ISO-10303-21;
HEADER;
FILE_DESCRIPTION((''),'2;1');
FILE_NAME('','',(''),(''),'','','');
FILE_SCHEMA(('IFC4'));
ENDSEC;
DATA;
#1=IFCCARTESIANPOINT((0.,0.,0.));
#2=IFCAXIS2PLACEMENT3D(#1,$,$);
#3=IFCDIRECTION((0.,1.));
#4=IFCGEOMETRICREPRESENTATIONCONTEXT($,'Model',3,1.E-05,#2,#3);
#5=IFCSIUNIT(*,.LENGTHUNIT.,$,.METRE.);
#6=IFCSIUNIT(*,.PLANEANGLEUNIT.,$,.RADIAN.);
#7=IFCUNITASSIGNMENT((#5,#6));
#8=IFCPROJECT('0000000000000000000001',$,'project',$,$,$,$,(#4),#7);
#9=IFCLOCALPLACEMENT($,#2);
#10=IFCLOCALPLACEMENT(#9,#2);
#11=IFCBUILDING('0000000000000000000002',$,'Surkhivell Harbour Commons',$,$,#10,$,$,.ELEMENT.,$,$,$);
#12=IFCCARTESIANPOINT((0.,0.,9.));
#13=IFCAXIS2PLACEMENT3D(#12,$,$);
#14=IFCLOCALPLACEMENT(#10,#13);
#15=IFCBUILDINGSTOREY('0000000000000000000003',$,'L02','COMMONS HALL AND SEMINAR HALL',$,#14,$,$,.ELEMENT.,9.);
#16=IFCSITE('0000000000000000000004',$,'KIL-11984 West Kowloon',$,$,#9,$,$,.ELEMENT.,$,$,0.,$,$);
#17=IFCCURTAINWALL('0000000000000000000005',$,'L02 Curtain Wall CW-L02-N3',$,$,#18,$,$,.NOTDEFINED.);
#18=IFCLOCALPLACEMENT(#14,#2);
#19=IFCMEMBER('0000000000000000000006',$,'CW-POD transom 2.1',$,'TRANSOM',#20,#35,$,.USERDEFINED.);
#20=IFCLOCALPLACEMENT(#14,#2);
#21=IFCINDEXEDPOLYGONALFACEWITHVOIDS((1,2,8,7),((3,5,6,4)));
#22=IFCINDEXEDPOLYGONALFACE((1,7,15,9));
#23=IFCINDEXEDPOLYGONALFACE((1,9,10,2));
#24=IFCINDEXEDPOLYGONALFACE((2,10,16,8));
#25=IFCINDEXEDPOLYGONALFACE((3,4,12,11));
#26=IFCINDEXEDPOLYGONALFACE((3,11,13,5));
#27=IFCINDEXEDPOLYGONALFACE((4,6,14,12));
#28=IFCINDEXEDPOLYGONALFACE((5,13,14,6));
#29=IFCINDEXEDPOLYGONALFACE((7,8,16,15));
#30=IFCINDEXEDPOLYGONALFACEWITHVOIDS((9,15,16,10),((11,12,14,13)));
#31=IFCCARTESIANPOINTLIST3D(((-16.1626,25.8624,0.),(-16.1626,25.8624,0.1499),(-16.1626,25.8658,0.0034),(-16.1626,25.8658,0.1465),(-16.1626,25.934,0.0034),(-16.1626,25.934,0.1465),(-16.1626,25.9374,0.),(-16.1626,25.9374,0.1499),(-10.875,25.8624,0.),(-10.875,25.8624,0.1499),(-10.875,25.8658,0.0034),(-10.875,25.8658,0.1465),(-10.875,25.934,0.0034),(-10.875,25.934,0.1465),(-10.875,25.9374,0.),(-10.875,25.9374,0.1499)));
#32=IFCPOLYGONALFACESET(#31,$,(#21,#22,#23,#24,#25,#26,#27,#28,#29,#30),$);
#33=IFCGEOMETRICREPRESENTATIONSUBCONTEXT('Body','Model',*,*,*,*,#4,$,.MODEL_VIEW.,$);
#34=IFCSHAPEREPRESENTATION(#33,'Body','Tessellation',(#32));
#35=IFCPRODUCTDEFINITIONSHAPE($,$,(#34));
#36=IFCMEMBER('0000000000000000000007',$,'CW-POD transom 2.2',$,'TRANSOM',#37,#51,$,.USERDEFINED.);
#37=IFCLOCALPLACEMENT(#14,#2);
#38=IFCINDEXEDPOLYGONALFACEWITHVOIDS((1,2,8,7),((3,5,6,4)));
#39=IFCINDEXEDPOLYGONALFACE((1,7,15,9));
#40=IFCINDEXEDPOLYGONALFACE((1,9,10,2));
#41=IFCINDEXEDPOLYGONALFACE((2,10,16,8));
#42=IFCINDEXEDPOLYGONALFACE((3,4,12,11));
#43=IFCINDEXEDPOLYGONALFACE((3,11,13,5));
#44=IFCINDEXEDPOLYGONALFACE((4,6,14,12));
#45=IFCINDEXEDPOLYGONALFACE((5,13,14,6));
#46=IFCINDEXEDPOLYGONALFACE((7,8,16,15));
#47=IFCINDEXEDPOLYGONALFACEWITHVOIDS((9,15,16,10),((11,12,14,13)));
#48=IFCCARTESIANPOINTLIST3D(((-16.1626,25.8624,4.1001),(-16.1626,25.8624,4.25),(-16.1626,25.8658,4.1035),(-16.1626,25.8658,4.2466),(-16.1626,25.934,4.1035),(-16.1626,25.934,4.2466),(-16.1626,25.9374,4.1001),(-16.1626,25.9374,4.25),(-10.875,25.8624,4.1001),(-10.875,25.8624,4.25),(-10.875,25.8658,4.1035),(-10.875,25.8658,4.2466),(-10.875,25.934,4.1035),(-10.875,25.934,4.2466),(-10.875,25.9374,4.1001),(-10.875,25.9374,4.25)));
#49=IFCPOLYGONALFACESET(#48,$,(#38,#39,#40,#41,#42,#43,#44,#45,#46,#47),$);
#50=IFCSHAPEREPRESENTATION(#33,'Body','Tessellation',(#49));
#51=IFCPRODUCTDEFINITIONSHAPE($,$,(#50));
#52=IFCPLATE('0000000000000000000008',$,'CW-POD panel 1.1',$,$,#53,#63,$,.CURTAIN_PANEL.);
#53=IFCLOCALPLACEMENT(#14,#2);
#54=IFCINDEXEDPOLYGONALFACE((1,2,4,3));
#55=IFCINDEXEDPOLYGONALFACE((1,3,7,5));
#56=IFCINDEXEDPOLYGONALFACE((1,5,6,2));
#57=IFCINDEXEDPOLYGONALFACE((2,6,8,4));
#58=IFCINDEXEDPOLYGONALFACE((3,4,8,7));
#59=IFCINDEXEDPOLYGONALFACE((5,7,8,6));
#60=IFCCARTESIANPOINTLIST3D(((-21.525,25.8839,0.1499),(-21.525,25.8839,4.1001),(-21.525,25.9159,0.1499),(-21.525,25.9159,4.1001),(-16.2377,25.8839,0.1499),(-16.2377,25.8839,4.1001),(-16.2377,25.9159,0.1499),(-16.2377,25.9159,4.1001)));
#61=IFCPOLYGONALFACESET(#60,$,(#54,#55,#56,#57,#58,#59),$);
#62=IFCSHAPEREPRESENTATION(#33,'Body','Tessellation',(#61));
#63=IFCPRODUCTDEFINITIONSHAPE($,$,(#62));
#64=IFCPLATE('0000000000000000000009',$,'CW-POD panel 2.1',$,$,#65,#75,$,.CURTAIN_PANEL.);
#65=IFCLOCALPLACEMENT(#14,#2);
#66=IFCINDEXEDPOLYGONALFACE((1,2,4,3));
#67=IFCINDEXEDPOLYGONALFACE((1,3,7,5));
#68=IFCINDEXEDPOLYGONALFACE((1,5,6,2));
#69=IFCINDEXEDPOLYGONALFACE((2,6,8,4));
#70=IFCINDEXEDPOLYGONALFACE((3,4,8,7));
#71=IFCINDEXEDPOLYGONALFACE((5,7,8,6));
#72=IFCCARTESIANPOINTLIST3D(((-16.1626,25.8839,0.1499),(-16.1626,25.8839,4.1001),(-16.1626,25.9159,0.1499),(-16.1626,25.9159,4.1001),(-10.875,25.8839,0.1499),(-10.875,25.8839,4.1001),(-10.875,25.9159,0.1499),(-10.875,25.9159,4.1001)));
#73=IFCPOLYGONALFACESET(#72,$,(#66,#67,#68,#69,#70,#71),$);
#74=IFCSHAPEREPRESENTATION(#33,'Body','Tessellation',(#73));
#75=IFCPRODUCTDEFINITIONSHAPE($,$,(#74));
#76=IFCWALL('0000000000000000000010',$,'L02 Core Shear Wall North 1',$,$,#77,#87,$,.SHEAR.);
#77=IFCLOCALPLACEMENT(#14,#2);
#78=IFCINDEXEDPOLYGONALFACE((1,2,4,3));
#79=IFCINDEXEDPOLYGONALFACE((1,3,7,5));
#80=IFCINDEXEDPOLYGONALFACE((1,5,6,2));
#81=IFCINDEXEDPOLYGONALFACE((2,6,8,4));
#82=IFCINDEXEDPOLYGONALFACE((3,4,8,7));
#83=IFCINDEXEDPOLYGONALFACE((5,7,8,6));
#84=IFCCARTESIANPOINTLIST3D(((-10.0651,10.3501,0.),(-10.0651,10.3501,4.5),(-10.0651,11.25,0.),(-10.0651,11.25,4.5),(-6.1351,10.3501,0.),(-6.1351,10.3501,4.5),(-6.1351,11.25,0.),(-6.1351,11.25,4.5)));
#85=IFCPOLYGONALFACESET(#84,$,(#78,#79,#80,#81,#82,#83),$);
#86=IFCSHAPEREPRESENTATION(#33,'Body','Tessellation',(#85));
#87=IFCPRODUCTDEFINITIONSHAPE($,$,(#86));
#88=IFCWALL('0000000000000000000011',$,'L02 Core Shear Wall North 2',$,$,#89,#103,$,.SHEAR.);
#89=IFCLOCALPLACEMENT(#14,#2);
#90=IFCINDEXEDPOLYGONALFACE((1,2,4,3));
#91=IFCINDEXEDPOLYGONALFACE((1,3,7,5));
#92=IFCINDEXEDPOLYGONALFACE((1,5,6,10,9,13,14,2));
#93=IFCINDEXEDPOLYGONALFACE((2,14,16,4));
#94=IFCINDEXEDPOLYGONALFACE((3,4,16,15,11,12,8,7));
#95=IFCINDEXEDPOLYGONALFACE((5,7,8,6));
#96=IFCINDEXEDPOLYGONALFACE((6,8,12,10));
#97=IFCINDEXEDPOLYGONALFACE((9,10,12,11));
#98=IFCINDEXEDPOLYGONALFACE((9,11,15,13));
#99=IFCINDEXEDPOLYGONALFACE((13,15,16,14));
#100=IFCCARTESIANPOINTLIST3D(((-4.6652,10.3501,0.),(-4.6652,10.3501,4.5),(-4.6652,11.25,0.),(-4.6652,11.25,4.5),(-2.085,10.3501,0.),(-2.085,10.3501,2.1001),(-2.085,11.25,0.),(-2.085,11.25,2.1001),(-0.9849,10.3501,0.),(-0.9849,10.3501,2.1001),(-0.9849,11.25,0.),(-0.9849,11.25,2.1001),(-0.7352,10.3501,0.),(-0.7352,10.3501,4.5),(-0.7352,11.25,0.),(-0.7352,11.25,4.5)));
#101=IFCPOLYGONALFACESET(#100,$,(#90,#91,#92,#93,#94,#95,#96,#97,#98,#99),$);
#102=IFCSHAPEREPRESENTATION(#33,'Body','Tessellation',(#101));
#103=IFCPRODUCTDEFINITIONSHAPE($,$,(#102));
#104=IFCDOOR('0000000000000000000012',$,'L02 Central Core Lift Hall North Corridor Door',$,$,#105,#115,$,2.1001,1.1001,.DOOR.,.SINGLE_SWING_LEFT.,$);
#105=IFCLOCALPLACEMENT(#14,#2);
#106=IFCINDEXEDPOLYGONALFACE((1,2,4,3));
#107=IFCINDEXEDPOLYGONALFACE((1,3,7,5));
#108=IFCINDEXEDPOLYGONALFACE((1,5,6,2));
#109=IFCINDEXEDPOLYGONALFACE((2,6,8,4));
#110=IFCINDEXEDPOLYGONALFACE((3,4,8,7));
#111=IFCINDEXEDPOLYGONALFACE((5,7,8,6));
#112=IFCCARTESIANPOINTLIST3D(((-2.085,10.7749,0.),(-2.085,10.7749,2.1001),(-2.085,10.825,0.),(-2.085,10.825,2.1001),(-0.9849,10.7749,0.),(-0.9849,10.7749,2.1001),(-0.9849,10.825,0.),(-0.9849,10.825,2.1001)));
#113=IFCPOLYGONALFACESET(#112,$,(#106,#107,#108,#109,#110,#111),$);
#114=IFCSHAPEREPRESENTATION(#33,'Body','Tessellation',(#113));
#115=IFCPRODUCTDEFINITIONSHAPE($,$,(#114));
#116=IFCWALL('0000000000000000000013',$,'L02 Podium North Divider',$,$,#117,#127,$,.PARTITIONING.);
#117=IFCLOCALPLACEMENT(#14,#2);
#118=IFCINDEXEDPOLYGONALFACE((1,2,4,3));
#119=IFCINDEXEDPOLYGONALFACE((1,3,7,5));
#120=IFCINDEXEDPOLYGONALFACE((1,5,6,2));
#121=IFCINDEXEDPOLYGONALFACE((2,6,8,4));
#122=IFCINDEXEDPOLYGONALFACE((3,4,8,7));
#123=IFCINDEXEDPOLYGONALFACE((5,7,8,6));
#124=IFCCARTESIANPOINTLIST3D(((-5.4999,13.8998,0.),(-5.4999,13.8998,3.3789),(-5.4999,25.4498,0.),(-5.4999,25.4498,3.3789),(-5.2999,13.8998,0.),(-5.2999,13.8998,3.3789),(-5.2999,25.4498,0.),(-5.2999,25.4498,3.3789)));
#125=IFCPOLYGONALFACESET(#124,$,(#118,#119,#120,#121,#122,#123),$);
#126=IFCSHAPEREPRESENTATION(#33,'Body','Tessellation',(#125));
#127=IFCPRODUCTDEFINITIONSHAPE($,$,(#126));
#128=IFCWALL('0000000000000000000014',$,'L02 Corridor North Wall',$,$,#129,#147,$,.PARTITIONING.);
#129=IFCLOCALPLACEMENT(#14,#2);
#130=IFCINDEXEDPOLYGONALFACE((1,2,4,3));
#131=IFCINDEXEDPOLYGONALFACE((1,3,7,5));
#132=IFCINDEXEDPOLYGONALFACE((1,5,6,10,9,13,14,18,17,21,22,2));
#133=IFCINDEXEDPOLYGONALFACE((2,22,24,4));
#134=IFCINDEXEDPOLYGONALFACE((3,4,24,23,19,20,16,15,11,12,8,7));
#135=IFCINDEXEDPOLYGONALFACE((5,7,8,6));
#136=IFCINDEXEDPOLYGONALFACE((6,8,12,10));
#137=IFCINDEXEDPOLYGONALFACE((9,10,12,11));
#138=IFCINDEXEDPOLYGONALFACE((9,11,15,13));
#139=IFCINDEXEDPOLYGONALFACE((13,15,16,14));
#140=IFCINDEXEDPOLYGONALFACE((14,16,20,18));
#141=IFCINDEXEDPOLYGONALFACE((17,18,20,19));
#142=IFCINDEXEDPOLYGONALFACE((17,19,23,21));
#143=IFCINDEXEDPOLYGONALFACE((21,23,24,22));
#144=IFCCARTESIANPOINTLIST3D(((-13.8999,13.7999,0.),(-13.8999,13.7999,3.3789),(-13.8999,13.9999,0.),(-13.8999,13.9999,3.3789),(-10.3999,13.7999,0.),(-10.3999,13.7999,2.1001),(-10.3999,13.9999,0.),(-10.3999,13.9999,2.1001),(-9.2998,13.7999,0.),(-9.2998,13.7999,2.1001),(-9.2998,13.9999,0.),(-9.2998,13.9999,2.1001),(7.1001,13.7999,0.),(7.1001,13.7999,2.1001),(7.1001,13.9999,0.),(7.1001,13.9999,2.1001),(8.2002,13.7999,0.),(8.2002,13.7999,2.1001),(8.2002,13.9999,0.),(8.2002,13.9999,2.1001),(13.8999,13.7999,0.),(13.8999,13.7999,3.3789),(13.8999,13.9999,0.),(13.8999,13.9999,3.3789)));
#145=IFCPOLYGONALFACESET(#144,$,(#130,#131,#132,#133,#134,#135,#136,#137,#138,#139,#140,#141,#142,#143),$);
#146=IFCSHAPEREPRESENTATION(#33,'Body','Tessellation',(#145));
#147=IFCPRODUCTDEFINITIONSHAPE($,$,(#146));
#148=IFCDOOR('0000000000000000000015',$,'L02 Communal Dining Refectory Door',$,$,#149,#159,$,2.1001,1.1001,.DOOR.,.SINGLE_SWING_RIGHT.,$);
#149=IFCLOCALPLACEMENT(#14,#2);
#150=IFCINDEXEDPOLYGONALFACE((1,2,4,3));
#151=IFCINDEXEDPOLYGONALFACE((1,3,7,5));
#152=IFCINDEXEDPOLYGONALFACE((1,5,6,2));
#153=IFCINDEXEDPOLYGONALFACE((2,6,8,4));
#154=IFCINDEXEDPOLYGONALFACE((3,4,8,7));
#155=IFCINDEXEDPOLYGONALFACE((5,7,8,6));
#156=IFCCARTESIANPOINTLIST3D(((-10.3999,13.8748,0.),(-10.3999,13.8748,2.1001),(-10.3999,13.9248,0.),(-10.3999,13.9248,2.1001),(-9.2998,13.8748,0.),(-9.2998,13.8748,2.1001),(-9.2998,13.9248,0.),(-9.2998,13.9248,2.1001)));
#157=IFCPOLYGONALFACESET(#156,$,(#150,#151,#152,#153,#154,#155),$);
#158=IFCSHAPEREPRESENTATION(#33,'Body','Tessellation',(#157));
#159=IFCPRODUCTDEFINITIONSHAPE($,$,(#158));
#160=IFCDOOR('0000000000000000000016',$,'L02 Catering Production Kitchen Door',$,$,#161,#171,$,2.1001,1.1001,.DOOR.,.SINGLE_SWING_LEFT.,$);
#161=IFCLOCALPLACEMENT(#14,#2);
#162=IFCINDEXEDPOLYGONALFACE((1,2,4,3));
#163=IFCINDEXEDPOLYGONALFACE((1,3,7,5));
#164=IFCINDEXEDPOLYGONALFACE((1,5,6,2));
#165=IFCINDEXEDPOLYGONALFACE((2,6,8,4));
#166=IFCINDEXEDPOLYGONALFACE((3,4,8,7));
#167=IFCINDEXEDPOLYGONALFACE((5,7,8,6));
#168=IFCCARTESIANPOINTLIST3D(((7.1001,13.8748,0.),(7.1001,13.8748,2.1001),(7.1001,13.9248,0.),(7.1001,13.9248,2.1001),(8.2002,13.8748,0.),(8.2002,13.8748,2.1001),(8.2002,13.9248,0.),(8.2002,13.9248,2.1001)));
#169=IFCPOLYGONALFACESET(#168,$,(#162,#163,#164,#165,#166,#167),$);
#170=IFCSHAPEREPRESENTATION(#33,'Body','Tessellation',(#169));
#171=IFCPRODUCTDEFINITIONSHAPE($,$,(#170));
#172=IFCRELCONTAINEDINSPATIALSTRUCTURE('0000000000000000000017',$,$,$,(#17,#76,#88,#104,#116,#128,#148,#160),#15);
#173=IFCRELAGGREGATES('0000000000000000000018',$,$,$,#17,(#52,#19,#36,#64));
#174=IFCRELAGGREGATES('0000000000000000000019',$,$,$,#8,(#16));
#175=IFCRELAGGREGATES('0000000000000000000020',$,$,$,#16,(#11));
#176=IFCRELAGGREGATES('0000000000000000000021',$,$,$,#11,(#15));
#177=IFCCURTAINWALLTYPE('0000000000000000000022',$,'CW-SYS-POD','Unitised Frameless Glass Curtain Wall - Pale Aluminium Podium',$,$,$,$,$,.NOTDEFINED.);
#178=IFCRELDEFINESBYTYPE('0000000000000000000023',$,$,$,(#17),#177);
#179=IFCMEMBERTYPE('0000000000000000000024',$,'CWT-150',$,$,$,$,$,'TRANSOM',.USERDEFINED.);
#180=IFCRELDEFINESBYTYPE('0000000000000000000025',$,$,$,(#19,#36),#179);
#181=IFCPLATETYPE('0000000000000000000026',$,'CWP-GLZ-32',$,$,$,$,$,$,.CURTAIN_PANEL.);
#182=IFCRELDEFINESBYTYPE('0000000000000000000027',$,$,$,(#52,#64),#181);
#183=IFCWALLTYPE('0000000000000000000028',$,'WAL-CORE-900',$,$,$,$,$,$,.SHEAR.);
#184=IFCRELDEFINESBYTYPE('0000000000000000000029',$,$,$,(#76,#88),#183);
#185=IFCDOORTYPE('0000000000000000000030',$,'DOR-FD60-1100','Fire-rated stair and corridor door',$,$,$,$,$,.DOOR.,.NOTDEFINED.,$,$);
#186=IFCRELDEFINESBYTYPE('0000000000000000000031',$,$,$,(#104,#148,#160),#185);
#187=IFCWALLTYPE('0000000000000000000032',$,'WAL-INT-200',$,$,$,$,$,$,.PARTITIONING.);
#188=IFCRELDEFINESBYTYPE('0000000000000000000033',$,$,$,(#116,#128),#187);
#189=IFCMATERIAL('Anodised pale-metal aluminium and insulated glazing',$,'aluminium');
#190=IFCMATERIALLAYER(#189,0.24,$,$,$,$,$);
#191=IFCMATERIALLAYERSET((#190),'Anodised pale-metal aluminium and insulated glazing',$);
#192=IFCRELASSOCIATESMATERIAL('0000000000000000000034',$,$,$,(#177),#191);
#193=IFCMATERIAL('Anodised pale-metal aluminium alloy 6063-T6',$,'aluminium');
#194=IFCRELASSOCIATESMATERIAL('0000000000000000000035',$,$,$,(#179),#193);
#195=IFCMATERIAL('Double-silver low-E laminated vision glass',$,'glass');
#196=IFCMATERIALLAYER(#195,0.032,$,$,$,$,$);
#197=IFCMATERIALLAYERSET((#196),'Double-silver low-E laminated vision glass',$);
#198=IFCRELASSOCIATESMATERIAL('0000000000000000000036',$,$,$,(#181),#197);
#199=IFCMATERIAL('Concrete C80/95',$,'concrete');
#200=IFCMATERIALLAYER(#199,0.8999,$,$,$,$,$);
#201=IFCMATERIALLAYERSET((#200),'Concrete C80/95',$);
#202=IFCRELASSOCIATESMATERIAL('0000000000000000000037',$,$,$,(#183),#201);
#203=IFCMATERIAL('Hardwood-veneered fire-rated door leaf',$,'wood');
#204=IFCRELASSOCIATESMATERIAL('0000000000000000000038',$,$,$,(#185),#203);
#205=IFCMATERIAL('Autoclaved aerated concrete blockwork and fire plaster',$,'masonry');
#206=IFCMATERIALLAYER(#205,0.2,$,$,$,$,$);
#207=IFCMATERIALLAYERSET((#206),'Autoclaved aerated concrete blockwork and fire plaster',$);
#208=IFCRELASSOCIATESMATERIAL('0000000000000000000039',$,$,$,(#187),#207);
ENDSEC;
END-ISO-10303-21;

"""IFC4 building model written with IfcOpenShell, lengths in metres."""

from ifc_helpers import new_model, si_unit, direction, frame, frame_2d, origin, origin_2d, place, context, subcontext, project, spatial, rectangle, hollow_rectangle, extrude, material, layer, layer_set, material_profile, profile_set, type_object, element, fill, aggregate, save


model = new_model("IFC4")

# Units and contexts
model_context = context("Model", 3, precision=1e-05, world=origin(), true_north=direction((0.0, 1.0)))
body_context = subcontext(model_context, "Body", "Model", "MODEL_VIEW")
ifc_project = project(units=[si_unit("LENGTHUNIT", "METRE"), si_unit("PLANEANGLEUNIT", "RADIAN")], contexts=[model_context])

# Site, building, storey
site_placement = place(None, origin())
site = spatial("IfcSite", under=ifc_project, at=site_placement, Name="KIL-11984 West Kowloon", CompositionType="ELEMENT", RefElevation=0.0)
building_placement = place(site_placement, origin())
building = spatial("IfcBuilding", under=site, at=building_placement, Name="Surkhivell Harbour Commons", CompositionType="ELEMENT")
storey_placement = place(building_placement, frame((0.0, 0.0, 9.0)))
storey = spatial("IfcBuildingStorey", under=building, at=storey_placement, Name="L02", Description="COMMONS HALL AND SEMINAR HALL", CompositionType="ELEMENT", Elevation=9.0)

# Shared definitions
ifc_material_1 = material(Name="Concrete C80/95", Category="concrete")

# Curtain wall, members, plates
ifc_material_2 = material(Name="Anodised pale-metal aluminium and insulated glazing", Category="aluminium")
ifc_layer_1 = layer(ifc_material_2, 0.24)
ifc_layer_set_1 = layer_set([ifc_layer_1], Name="Anodised pale-metal aluminium and insulated glazing")
curtain_wall_type = type_object("IfcCurtainWallType", Name="CW-SYS-POD", Description="Unitised Frameless Glass Curtain Wall - Pale Aluminium Podium", PredefinedType="NOTDEFINED", material=ifc_layer_set_1)
curtain_wall_placement = place(storey_placement, origin())
curtain_wall = element("IfcCurtainWall", 1, at=curtain_wall_placement, inside=storey, type_object=curtain_wall_type, Name="L02 Curtain Wall CW-L02-N3", PredefinedType="NOTDEFINED")
ifc_material_3 = material(Name="Anodised pale-metal aluminium alloy 6063-T6", Category="aluminium")
ifc_material_profile_1 = material_profile(ifc_material_3, hollow_rectangle(XDim=0.075, YDim=0.1499, WallThickness=0.0034, at=origin_2d()), Name="ALU-TRAN-75x150")
ifc_profile_set_1 = profile_set([ifc_material_profile_1], Name="Anodised pale-metal aluminium alloy 6063-T6")
member_type_1 = type_object("IfcMemberType", Name="CWT-150", ElementType="TRANSOM", PredefinedType="USERDEFINED", material=ifc_profile_set_1)
member_1_placement = place(storey_placement, frame((-16.1626, 25.8999, 0.075), z_axis=(1.0, 0.0, 0.0), x_axis=(0.0, 1.0, 0.0)))
member_1 = element("IfcMember", 2, at=member_1_placement, type_object=member_type_1, Name="CW-POD transom 2.1", ObjectType="TRANSOM", PredefinedType="USERDEFINED", context=body_context, shape_type="SweptSolid", body=[
    extrude(hollow_rectangle(XDim=0.075, YDim=0.1499, WallThickness=0.0034, at=origin_2d()), origin(), (0.0, 0.0, 1.0), 5.2876),
])
member_2_placement = place(storey_placement, frame((-16.1626, 25.8999, 4.175), z_axis=(1.0, 0.0, 0.0), x_axis=(0.0, 1.0, 0.0)))
member_2 = element("IfcMember", 3, at=member_2_placement, type_object=member_type_1, Name="CW-POD transom 2.2", ObjectType="TRANSOM", PredefinedType="USERDEFINED", context=body_context, shape_type="SweptSolid", body=[
    extrude(hollow_rectangle(XDim=0.075, YDim=0.1499, WallThickness=0.0034, at=origin_2d()), origin(), (0.0, 0.0, 1.0), 5.2876),
])
ifc_material_4 = material(Name="Double-silver low-E laminated vision glass", Category="glass")
ifc_layer_2 = layer(ifc_material_4, 0.032)
ifc_layer_set_2 = layer_set([ifc_layer_2], Name="Double-silver low-E laminated vision glass")
plate_type = type_object("IfcPlateType", Name="CWP-GLZ-32", PredefinedType="CURTAIN_PANEL", material=ifc_layer_set_2)
plate_1_placement = place(storey_placement, frame((-21.5249, 25.8999, 0.1499), z_axis=(0.0, 0.0, 1.0), x_axis=(1.0, 0.0, 0.0)))
plate_1 = element("IfcPlate", 4, at=plate_1_placement, type_object=plate_type, Name="CW-POD panel 1.1", PredefinedType="CURTAIN_PANEL", context=body_context, shape_type="SweptSolid", body=[
    extrude(rectangle(XDim=5.2874, YDim=0.032, at=frame_2d((2.6436, 0.0))), origin(), (0.0, 0.0, 1.0), 3.9502),
])
plate_2_placement = place(storey_placement, frame((-16.1626, 25.8999, 0.1499), z_axis=(0.0, 0.0, 1.0), x_axis=(1.0, 0.0, 0.0)))
plate_2 = element("IfcPlate", 5, at=plate_2_placement, type_object=plate_type, Name="CW-POD panel 2.1", PredefinedType="CURTAIN_PANEL", context=body_context, shape_type="SweptSolid", body=[
    extrude(rectangle(XDim=5.2876, YDim=0.032, at=frame_2d((2.6438, 0.0))), origin(), (0.0, 0.0, 1.0), 3.9502),
])
aggregate(curtain_wall, [plate_1, member_1, member_2, plate_2])

# Wall
ifc_layer_3 = layer(ifc_material_1, 0.8999)
ifc_layer_set_3 = layer_set([ifc_layer_3], Name="Concrete C80/95")
wall_type_1 = type_object("IfcWallType", Name="WAL-CORE-900", PredefinedType="SHEAR", material=ifc_layer_set_3)
wall_1_placement = place(storey_placement, frame((-10.0649, 10.8, 0.0), z_axis=(0.0, 0.0, 1.0), x_axis=(1.0, 0.0, 0.0)))
element("IfcWall", 6, at=wall_1_placement, inside=storey, type_object=wall_type_1, Name="L02 Core Shear Wall North 1", PredefinedType="SHEAR", context=body_context, shape_type="SweptSolid", body=[
    extrude(rectangle(XDim=3.9299, YDim=0.8999, at=frame_2d((1.9648, 0.0))), origin(), (0.0, 0.0, 1.0), 4.5),
])

# Wall, opening, door
wall_2_placement = place(storey_placement, frame((-4.665, 10.8, 0.0), z_axis=(0.0, 0.0, 1.0), x_axis=(1.0, 0.0, 0.0)))
wall_2 = element("IfcWall", 7, at=wall_2_placement, inside=storey, type_object=wall_type_1, Name="L02 Core Shear Wall North 2", PredefinedType="SHEAR", context=body_context, shape_type="SweptSolid", body=[
    extrude(rectangle(XDim=3.9299, YDim=0.8999, at=frame_2d((1.9648, 0.0))), origin(), (0.0, 0.0, 1.0), 4.5),
])
opening_1_placement = place(wall_2_placement, frame((2.5801, 0.0, 0.0)))
opening_1 = element("IfcOpeningElement", 8, at=opening_1_placement, cuts=wall_2, PredefinedType="OPENING", context=body_context, shape_type="SweptSolid", body=[
    extrude(rectangle(XDim=1.1001, YDim=2.1001, at=frame_2d((0.55, 1.05))), frame((0.0, 0.46, 0.0), z_axis=(0.0, -1.0, 0.0), x_axis=(1.0, 0.0, 0.0)), (0.0, 0.0, 1.0), 0.9199),
])
ifc_material_5 = material(Name="Hardwood-veneered fire-rated door leaf", Category="wood")
door_type = type_object("IfcDoorType", Name="DOR-FD60-1100", Description="Fire-rated stair and corridor door", OperationType="NOTDEFINED", PredefinedType="DOOR", material=ifc_material_5)
door_1_placement = place(opening_1_placement, origin())
door_1 = element("IfcDoor", 9, at=door_1_placement, inside=storey, type_object=door_type, Name="L02 Central Core Lift Hall North Corridor Door", OperationType="SINGLE_SWING_LEFT", OverallHeight=2.1001, OverallWidth=1.1001, PredefinedType="DOOR", context=body_context, shape_type="SweptSolid", body=[
    extrude(rectangle(XDim=1.1001, YDim=2.1001, at=frame_2d((0.55, 1.05))), frame((0.0, 0.0249, 0.0), z_axis=(0.0, -1.0, 0.0), x_axis=(1.0, 0.0, 0.0)), (0.0, 0.0, 1.0), 0.05),
])
fill(opening_1, door_1)

# Wall
ifc_material_6 = material(Name="Autoclaved aerated concrete blockwork and fire plaster", Category="masonry")
ifc_layer_4 = layer(ifc_material_6, 0.2)
ifc_layer_set_4 = layer_set([ifc_layer_4], Name="Autoclaved aerated concrete blockwork and fire plaster")
wall_type_2 = type_object("IfcWallType", Name="WAL-INT-200", PredefinedType="PARTITIONING", material=ifc_layer_set_4)
wall_3_placement = place(storey_placement, frame((-5.3999, 13.8999, 0.0), z_axis=(0.0, 0.0, 1.0), x_axis=(0.0, 1.0, 0.0)))
element("IfcWall", 10, at=wall_3_placement, inside=storey, type_object=wall_type_2, Name="L02 Podium North Divider", PredefinedType="PARTITIONING", context=body_context, shape_type="SweptSolid", body=[
    extrude(rectangle(XDim=11.55, YDim=0.2, at=frame_2d((5.7749, 0.0))), origin(), (0.0, 0.0, 1.0), 3.3789),
])

# Wall, openings, doors
wall_4_placement = place(storey_placement, frame((-13.8999, 13.8999, 0.0), z_axis=(0.0, 0.0, 1.0), x_axis=(1.0, 0.0, 0.0)))
wall_4 = element("IfcWall", 11, at=wall_4_placement, inside=storey, type_object=wall_type_2, Name="L02 Corridor North Wall", PredefinedType="PARTITIONING", context=body_context, shape_type="SweptSolid", body=[
    extrude(rectangle(XDim=27.7998, YDim=0.2, at=frame_2d((13.8999, 0.0))), origin(), (0.0, 0.0, 1.0), 3.3789),
])
opening_2_placement = place(wall_4_placement, frame((3.5, 0.0, 0.0)))
opening_2 = element("IfcOpeningElement", 12, at=opening_2_placement, cuts=wall_4, PredefinedType="OPENING", context=body_context, shape_type="SweptSolid", body=[
    extrude(rectangle(XDim=1.1001, YDim=2.1001, at=frame_2d((0.55, 1.05))), frame((0.0, 0.1099, 0.0), z_axis=(0.0, -1.0, 0.0), x_axis=(1.0, 0.0, 0.0)), (0.0, 0.0, 1.0), 0.22),
])
opening_3_placement = place(wall_4_placement, frame((21.0, 0.0, 0.0)))
opening_3 = element("IfcOpeningElement", 13, at=opening_3_placement, cuts=wall_4, PredefinedType="OPENING", context=body_context, shape_type="SweptSolid", body=[
    extrude(rectangle(XDim=1.1001, YDim=2.1001, at=frame_2d((0.55, 1.05))), frame((0.0, 0.1099, 0.0), z_axis=(0.0, -1.0, 0.0), x_axis=(1.0, 0.0, 0.0)), (0.0, 0.0, 1.0), 0.22),
])
door_2_placement = place(opening_2_placement, origin())
door_2 = element("IfcDoor", 14, at=door_2_placement, inside=storey, type_object=door_type, Name="L02 Communal Dining Refectory Door", OperationType="SINGLE_SWING_RIGHT", OverallHeight=2.1001, OverallWidth=1.1001, PredefinedType="DOOR", context=body_context, shape_type="SweptSolid", body=[
    extrude(rectangle(XDim=1.1001, YDim=2.1001, at=frame_2d((0.55, 1.05))), frame((0.0, 0.0249, 0.0), z_axis=(0.0, -1.0, 0.0), x_axis=(1.0, 0.0, 0.0)), (0.0, 0.0, 1.0), 0.05),
])
fill(opening_2, door_2)
door_3_placement = place(opening_3_placement, origin())
door_3 = element("IfcDoor", 15, at=door_3_placement, inside=storey, type_object=door_type, Name="L02 Catering Production Kitchen Door", OperationType="SINGLE_SWING_LEFT", OverallHeight=2.1001, OverallWidth=1.1001, PredefinedType="DOOR", context=body_context, shape_type="SweptSolid", body=[
    extrude(rectangle(XDim=1.1001, YDim=2.1001, at=frame_2d((0.55, 1.05))), frame((0.0, 0.0249, 0.0), z_axis=(0.0, -1.0, 0.0), x_axis=(1.0, 0.0, 0.0)), (0.0, 0.0, 1.0), 0.05),
])
fill(opening_3, door_3)

save(model, "model.ifc")
